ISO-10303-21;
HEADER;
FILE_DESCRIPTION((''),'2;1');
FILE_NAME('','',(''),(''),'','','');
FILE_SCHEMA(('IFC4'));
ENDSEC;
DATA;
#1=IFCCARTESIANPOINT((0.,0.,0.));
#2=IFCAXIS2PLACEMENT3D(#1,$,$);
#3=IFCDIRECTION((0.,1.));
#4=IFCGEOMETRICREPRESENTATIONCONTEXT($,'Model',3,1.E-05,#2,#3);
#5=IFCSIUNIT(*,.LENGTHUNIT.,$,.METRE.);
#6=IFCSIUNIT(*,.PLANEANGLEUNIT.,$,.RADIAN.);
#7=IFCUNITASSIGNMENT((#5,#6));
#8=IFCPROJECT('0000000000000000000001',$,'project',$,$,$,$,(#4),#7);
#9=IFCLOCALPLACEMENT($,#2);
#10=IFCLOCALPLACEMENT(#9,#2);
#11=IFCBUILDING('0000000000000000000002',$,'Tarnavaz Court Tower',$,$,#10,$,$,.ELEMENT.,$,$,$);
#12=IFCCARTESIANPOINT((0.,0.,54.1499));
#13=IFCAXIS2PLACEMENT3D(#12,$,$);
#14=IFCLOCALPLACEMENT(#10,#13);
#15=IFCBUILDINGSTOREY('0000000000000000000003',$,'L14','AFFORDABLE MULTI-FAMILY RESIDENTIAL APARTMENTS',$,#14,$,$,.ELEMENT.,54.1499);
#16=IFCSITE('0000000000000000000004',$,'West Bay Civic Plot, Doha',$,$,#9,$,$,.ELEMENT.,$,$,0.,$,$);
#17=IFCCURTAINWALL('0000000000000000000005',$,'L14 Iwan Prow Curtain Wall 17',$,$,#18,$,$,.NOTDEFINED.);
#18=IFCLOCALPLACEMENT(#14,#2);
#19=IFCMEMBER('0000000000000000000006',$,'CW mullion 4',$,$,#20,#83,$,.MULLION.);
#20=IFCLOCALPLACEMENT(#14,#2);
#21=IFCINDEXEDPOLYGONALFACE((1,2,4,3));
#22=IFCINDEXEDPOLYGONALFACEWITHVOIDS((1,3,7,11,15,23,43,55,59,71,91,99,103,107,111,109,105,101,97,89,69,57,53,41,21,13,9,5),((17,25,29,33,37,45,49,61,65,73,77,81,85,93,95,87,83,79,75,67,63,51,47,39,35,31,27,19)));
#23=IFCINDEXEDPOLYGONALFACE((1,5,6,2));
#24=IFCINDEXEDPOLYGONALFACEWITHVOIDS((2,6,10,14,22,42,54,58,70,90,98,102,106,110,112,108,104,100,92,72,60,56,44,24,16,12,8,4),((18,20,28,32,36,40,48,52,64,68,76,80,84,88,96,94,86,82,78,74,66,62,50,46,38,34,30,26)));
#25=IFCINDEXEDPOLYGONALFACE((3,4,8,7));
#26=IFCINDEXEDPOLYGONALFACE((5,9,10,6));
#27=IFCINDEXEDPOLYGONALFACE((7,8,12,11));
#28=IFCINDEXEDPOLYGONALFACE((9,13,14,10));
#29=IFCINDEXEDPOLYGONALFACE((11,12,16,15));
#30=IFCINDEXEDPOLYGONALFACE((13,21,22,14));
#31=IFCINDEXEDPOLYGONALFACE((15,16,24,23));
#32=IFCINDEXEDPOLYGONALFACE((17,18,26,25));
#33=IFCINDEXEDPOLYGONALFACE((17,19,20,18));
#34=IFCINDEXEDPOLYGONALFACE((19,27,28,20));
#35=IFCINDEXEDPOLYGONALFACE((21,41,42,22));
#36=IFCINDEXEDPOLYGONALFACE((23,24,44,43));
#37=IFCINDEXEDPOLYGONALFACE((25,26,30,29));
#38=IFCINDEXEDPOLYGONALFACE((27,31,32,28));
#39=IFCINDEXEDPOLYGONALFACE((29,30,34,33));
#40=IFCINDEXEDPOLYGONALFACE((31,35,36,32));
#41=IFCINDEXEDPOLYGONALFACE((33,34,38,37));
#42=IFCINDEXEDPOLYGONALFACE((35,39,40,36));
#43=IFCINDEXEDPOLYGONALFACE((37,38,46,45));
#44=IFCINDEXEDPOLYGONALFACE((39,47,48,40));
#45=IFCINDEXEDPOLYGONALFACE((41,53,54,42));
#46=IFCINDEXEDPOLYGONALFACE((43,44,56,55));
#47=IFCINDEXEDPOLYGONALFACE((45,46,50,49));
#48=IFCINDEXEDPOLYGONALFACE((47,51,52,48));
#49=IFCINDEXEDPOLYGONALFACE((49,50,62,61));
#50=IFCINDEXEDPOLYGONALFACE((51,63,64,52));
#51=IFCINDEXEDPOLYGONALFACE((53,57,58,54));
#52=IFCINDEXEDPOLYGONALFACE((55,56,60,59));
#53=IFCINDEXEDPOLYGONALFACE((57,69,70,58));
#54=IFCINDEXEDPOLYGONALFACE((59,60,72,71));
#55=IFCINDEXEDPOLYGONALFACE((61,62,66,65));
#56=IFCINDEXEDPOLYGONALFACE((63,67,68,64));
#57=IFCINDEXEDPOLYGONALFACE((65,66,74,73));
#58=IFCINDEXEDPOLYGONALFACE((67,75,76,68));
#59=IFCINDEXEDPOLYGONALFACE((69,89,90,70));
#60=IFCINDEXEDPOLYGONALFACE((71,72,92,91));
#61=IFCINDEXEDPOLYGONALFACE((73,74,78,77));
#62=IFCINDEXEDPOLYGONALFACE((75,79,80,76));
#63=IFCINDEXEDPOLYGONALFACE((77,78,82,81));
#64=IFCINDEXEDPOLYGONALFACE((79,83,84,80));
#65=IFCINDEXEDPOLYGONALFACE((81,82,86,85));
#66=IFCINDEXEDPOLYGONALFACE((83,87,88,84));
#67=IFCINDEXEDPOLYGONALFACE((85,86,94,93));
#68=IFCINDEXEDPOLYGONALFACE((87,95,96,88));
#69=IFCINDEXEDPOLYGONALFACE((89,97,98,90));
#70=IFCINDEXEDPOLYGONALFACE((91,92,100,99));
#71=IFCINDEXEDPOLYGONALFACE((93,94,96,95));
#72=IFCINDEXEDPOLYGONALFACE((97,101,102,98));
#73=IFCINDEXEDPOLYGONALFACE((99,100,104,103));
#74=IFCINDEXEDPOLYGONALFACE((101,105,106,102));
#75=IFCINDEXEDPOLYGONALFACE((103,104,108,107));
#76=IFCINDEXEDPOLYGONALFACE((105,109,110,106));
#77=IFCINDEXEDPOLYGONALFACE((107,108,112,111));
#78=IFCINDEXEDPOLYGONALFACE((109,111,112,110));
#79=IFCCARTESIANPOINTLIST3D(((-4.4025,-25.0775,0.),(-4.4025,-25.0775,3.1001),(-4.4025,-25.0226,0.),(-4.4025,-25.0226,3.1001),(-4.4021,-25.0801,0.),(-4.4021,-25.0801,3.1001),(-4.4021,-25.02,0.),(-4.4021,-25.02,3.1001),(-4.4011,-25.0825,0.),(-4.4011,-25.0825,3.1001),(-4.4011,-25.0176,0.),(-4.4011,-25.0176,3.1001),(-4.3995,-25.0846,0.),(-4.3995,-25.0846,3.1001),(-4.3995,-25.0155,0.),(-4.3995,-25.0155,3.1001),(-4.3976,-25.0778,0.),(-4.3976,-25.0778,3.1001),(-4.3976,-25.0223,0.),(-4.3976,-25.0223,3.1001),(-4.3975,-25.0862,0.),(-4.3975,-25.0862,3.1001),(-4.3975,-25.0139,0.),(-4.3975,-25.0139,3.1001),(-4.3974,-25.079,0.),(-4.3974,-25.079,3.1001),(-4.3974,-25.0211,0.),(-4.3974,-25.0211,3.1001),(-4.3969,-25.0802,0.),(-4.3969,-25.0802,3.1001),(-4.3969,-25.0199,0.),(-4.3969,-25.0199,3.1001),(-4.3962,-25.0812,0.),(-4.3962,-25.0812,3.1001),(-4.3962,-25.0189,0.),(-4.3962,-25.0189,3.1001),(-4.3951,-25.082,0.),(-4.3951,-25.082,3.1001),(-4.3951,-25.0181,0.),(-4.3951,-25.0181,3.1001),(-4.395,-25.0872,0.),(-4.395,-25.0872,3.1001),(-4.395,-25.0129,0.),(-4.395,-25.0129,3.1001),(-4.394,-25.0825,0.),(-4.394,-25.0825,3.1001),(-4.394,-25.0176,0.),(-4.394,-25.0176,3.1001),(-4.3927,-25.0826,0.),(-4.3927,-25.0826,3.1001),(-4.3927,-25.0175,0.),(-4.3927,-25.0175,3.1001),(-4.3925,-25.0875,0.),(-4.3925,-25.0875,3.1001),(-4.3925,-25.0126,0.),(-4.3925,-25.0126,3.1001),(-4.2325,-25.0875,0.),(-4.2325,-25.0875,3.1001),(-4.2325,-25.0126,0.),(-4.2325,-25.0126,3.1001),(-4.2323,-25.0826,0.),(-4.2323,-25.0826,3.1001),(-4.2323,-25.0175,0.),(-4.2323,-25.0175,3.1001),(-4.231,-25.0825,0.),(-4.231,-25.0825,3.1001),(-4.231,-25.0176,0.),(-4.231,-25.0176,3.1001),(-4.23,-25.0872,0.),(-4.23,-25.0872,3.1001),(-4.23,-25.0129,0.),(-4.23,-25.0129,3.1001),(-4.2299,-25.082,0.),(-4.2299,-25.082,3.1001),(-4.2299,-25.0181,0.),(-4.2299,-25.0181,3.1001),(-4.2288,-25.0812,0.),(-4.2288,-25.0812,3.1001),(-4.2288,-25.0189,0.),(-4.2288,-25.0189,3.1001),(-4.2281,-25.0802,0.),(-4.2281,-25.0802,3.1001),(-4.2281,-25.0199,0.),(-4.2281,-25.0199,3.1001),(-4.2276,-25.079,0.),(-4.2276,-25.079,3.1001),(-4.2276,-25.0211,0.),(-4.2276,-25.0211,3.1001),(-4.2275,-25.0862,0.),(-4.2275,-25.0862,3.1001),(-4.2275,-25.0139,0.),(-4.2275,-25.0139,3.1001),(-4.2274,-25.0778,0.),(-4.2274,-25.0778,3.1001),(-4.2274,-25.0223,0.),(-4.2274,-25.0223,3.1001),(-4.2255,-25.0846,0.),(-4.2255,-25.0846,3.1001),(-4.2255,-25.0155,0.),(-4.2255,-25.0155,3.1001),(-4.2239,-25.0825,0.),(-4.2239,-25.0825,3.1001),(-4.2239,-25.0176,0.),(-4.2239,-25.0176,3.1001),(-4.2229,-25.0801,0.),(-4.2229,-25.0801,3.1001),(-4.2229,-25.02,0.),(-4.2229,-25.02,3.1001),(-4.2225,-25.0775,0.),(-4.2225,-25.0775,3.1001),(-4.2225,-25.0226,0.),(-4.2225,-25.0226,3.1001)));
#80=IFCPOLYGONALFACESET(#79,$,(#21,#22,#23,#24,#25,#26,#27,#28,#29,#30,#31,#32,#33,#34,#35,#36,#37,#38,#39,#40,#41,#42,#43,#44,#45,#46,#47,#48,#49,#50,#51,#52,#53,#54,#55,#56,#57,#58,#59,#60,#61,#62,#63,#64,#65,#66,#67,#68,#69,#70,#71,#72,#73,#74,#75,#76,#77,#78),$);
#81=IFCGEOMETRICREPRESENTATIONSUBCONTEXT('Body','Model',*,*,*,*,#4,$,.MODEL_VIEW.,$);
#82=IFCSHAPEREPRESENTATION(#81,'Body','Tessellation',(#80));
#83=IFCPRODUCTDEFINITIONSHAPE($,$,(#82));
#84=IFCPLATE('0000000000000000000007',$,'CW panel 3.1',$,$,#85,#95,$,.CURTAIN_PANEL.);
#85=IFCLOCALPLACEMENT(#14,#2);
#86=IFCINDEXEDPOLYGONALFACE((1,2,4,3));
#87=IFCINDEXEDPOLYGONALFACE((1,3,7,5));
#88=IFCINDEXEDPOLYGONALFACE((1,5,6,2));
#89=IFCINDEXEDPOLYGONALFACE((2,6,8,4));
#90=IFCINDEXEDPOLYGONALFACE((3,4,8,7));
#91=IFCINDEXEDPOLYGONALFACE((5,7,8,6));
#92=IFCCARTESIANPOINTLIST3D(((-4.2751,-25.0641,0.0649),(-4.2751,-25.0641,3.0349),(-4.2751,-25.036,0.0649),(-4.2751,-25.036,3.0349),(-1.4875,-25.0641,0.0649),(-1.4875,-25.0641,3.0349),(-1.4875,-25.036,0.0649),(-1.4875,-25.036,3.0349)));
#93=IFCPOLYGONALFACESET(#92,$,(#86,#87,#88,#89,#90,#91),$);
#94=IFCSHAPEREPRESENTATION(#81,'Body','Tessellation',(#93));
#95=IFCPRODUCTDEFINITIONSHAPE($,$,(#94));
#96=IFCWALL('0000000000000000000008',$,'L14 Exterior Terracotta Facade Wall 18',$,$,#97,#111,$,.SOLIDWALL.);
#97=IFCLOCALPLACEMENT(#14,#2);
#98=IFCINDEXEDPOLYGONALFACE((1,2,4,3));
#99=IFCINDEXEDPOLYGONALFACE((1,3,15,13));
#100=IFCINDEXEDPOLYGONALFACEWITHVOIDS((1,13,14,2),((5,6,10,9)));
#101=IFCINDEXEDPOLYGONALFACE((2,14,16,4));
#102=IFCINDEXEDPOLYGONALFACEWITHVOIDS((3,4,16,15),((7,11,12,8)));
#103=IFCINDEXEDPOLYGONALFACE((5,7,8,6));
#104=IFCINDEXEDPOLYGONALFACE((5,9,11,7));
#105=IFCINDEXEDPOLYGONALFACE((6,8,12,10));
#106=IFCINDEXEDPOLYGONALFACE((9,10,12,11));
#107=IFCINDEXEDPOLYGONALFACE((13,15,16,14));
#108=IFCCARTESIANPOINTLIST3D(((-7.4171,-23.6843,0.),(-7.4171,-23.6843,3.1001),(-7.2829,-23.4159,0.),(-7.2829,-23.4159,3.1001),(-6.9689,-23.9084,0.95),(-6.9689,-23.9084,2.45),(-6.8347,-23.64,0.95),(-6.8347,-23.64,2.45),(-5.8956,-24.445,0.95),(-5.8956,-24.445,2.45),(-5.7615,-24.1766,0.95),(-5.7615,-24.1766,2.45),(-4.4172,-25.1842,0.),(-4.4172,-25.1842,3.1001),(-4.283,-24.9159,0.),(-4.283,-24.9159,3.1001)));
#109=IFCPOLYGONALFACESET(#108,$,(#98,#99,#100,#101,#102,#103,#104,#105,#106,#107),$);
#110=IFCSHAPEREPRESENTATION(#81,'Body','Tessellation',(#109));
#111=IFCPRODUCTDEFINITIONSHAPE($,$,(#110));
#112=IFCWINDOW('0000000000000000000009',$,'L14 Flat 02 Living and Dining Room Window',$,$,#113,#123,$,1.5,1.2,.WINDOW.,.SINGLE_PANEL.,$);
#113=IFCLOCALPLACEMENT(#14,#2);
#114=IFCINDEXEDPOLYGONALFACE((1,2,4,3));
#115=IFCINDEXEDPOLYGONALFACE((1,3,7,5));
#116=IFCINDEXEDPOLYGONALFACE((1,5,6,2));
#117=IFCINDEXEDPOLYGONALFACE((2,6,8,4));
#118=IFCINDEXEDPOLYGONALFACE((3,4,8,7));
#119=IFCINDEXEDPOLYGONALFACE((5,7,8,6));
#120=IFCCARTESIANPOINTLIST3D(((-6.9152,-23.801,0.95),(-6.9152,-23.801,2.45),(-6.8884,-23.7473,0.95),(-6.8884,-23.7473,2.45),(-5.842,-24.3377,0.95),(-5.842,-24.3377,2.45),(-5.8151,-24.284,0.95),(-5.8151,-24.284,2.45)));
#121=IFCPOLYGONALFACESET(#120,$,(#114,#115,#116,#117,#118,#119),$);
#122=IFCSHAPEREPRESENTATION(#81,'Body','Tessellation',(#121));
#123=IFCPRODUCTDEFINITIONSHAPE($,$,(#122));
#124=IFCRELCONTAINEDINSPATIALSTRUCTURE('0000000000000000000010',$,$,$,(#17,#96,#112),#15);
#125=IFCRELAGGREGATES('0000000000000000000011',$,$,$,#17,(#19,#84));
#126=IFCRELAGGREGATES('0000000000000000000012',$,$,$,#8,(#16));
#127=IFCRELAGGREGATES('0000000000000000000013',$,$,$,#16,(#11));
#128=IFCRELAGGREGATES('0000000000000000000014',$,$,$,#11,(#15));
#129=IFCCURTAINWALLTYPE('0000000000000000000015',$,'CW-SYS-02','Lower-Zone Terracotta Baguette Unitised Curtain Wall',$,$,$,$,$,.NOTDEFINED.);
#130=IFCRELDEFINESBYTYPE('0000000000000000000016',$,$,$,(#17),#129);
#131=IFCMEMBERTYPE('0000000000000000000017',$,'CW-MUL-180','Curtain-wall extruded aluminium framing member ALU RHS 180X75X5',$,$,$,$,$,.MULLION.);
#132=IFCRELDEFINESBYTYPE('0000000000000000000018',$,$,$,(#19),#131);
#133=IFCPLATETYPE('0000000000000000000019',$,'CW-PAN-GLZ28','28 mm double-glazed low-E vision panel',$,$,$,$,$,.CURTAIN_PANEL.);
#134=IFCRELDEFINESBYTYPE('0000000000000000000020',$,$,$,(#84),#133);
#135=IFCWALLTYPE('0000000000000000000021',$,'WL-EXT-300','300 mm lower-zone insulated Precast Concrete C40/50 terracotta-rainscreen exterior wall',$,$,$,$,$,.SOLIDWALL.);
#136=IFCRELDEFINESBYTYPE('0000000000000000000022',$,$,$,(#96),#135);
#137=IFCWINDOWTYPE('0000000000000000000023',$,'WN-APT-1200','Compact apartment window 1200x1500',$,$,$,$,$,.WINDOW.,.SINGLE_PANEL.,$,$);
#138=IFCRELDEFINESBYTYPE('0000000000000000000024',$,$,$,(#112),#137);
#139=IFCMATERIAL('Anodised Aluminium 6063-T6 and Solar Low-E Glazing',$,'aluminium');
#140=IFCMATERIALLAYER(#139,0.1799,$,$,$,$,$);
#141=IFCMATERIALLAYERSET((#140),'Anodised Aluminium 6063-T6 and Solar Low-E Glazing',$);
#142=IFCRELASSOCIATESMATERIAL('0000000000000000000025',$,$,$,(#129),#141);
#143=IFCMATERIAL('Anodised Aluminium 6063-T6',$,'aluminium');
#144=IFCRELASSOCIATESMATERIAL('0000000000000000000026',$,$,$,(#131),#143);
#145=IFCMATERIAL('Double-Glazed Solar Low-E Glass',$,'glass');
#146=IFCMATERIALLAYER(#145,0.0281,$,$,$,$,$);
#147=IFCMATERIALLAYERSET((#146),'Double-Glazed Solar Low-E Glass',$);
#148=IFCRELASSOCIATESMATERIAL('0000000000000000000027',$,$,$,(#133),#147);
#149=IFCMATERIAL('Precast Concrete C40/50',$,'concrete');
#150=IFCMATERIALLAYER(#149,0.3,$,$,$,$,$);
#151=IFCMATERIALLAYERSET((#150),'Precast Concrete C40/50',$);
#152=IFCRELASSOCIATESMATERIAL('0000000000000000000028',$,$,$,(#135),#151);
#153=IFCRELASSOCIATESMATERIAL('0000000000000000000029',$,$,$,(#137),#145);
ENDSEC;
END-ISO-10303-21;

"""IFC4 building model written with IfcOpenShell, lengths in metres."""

from ifc_helpers import new_model, si_unit, direction, frame, frame_2d, origin, origin_2d, place, context, subcontext, project, spatial, rectangle, hollow_rectangle, extrude, material, layer, layer_set, material_profile, profile_set, type_object, element, fill, aggregate, save


model = new_model("IFC4")

# Units and contexts
model_context = context("Model", 3, precision=1e-05, world=origin(), true_north=direction((0.0, 1.0)))
body_context = subcontext(model_context, "Body", "Model", "MODEL_VIEW")
ifc_project = project(units=[si_unit("LENGTHUNIT", "METRE"), si_unit("PLANEANGLEUNIT", "RADIAN")], contexts=[model_context])

# Site, building, storey
site_placement = place(None, origin())
site = spatial("IfcSite", under=ifc_project, at=site_placement, Name="West Bay Civic Plot, Doha", CompositionType="ELEMENT", RefElevation=0.0)
building_placement = place(site_placement, origin())
building = spatial("IfcBuilding", under=site, at=building_placement, Name="Tarnavaz Court Tower", CompositionType="ELEMENT")
storey_placement = place(building_placement, frame((0.0, 0.0, 54.1499)))
storey = spatial("IfcBuildingStorey", under=building, at=storey_placement, Name="L14", Description="AFFORDABLE MULTI-FAMILY RESIDENTIAL APARTMENTS", CompositionType="ELEMENT", Elevation=54.1499)

# Curtain wall, member, plate
ifc_material_1 = material(Name="Anodised Aluminium 6063-T6 and Solar Low-E Glazing", Category="aluminium")
ifc_layer_1 = layer(ifc_material_1, 0.1799)
ifc_layer_set_1 = layer_set([ifc_layer_1], Name="Anodised Aluminium 6063-T6 and Solar Low-E Glazing")
curtain_wall_type = type_object("IfcCurtainWallType", Name="CW-SYS-02", Description="Lower-Zone Terracotta Baguette Unitised Curtain Wall", PredefinedType="NOTDEFINED", material=ifc_layer_set_1)
curtain_wall_placement = place(storey_placement, origin())
curtain_wall = element("IfcCurtainWall", 1, at=curtain_wall_placement, inside=storey, type_object=curtain_wall_type, Name="L14 Iwan Prow Curtain Wall 17", PredefinedType="NOTDEFINED")
ifc_material_2 = material(Name="Anodised Aluminium 6063-T6", Category="aluminium")
ifc_material_profile_1 = material_profile(ifc_material_2, hollow_rectangle(XDim=0.075, YDim=0.1799, WallThickness=0.0049, InnerFilletRadius=0.0049, OuterFilletRadius=0.01, at=origin_2d()), Name="ALU RHS 180X75X5")
ifc_profile_set_1 = profile_set([ifc_material_profile_1], Name="Anodised Aluminium 6063-T6")
member_type = type_object("IfcMemberType", Name="CW-MUL-180", Description="Curtain-wall extruded aluminium framing member ALU RHS 180X75X5", PredefinedType="MULLION", material=ifc_profile_set_1)
member_placement = place(storey_placement, frame((-4.3125, -25.05, 0.0), z_axis=(0.0, 0.0, 1.0), x_axis=(0.0, -1.0, 0.0)))
member = element("IfcMember", 2, at=member_placement, type_object=member_type, Name="CW mullion 4", PredefinedType="MULLION", context=body_context, shape_type="SweptSolid", body=[
    extrude(hollow_rectangle(XDim=0.075, YDim=0.1799, WallThickness=0.0049, InnerFilletRadius=0.0049, OuterFilletRadius=0.01, at=origin_2d()), origin(), (0.0, 0.0, 1.0), 3.1001),
])
ifc_material_3 = material(Name="Double-Glazed Solar Low-E Glass", Category="glass")
ifc_layer_2 = layer(ifc_material_3, 0.0281)
ifc_layer_set_2 = layer_set([ifc_layer_2], Name="Double-Glazed Solar Low-E Glass")
plate_type = type_object("IfcPlateType", Name="CW-PAN-GLZ28", Description="28 mm double-glazed low-E vision panel", PredefinedType="CURTAIN_PANEL", material=ifc_layer_set_2)
plate_placement = place(storey_placement, frame((-2.8813, -25.05, 0.0649), z_axis=(0.0, 0.0, 1.0), x_axis=(-1.0, 0.0, 0.0)))
plate = element("IfcPlate", 3, at=plate_placement, type_object=plate_type, Name="CW panel 3.1", PredefinedType="CURTAIN_PANEL", context=body_context, shape_type="SweptSolid", body=[
    extrude(rectangle(XDim=2.7876, YDim=0.0281, at=origin_2d()), origin(), (0.0, 0.0, 1.0), 2.97),
])
aggregate(curtain_wall, [member, plate])

# Wall, opening, window
ifc_material_4 = material(Name="Precast Concrete C40/50", Category="concrete")
ifc_layer_3 = layer(ifc_material_4, 0.3)
ifc_layer_set_3 = layer_set([ifc_layer_3], Name="Precast Concrete C40/50")
wall_type_1 = type_object("IfcWallType", Name="WL-EXT-300", Description="300 mm lower-zone insulated Precast Concrete C40/50 terracotta-rainscreen exterior wall", PredefinedType="SOLIDWALL", material=ifc_layer_set_3)
wall_1_placement = place(storey_placement, frame((-4.3501, -25.05, 0.0), z_axis=(0.0, 0.0, 1.0), x_axis=(-0.894427, 0.447214, 0.0)))
wall_1 = element("IfcWall", 4, at=wall_1_placement, inside=storey, type_object=wall_type_1, Name="L14 Exterior Terracotta Facade Wall 18", PredefinedType="SOLIDWALL", context=body_context, shape_type="SweptSolid", body=[
    extrude(rectangle(XDim=3.354, YDim=0.3, at=frame_2d((1.677, 0.0))), origin(), (0.0, 0.0, 1.0), 3.1001),
])
opening_1_placement = place(wall_1_placement, frame((1.6528, 0.0, 0.95)))
opening_1 = element("IfcOpeningElement", 5, at=opening_1_placement, cuts=wall_1, PredefinedType="OPENING", context=body_context, shape_type="SweptSolid", body=[
    extrude(rectangle(XDim=1.2, YDim=1.5, at=frame_2d((0.6001, 0.75))), frame((0.0, 0.1599, 0.0), z_axis=(0.0, -1.0, 0.0), x_axis=(1.0, 0.0, 0.0)), (0.0, 0.0, 1.0), 0.3201),
])
window_type_1 = type_object("IfcWindowType", Name="WN-APT-1200", Description="Compact apartment window 1200x1500", PartitioningType="SINGLE_PANEL", PredefinedType="WINDOW", material=ifc_material_3)
window_1_placement = place(opening_1_placement, origin())
window_1 = element("IfcWindow", 6, at=window_1_placement, inside=storey, type_object=window_type_1, Name="L14 Flat 02 Living and Dining Room Window", OverallHeight=1.5, OverallWidth=1.2, PartitioningType="SINGLE_PANEL", PredefinedType="WINDOW", context=body_context, shape_type="SweptSolid", body=[
    extrude(rectangle(XDim=1.2, YDim=1.5, at=frame_2d((0.6001, 0.75))), frame((0.0, 0.03, 0.0), z_axis=(0.0, -1.0, 0.0), x_axis=(1.0, 0.0, 0.0)), (0.0, 0.0, 1.0), 0.0601),
])
fill(opening_1, window_1)

save(model, "model.ifc")
